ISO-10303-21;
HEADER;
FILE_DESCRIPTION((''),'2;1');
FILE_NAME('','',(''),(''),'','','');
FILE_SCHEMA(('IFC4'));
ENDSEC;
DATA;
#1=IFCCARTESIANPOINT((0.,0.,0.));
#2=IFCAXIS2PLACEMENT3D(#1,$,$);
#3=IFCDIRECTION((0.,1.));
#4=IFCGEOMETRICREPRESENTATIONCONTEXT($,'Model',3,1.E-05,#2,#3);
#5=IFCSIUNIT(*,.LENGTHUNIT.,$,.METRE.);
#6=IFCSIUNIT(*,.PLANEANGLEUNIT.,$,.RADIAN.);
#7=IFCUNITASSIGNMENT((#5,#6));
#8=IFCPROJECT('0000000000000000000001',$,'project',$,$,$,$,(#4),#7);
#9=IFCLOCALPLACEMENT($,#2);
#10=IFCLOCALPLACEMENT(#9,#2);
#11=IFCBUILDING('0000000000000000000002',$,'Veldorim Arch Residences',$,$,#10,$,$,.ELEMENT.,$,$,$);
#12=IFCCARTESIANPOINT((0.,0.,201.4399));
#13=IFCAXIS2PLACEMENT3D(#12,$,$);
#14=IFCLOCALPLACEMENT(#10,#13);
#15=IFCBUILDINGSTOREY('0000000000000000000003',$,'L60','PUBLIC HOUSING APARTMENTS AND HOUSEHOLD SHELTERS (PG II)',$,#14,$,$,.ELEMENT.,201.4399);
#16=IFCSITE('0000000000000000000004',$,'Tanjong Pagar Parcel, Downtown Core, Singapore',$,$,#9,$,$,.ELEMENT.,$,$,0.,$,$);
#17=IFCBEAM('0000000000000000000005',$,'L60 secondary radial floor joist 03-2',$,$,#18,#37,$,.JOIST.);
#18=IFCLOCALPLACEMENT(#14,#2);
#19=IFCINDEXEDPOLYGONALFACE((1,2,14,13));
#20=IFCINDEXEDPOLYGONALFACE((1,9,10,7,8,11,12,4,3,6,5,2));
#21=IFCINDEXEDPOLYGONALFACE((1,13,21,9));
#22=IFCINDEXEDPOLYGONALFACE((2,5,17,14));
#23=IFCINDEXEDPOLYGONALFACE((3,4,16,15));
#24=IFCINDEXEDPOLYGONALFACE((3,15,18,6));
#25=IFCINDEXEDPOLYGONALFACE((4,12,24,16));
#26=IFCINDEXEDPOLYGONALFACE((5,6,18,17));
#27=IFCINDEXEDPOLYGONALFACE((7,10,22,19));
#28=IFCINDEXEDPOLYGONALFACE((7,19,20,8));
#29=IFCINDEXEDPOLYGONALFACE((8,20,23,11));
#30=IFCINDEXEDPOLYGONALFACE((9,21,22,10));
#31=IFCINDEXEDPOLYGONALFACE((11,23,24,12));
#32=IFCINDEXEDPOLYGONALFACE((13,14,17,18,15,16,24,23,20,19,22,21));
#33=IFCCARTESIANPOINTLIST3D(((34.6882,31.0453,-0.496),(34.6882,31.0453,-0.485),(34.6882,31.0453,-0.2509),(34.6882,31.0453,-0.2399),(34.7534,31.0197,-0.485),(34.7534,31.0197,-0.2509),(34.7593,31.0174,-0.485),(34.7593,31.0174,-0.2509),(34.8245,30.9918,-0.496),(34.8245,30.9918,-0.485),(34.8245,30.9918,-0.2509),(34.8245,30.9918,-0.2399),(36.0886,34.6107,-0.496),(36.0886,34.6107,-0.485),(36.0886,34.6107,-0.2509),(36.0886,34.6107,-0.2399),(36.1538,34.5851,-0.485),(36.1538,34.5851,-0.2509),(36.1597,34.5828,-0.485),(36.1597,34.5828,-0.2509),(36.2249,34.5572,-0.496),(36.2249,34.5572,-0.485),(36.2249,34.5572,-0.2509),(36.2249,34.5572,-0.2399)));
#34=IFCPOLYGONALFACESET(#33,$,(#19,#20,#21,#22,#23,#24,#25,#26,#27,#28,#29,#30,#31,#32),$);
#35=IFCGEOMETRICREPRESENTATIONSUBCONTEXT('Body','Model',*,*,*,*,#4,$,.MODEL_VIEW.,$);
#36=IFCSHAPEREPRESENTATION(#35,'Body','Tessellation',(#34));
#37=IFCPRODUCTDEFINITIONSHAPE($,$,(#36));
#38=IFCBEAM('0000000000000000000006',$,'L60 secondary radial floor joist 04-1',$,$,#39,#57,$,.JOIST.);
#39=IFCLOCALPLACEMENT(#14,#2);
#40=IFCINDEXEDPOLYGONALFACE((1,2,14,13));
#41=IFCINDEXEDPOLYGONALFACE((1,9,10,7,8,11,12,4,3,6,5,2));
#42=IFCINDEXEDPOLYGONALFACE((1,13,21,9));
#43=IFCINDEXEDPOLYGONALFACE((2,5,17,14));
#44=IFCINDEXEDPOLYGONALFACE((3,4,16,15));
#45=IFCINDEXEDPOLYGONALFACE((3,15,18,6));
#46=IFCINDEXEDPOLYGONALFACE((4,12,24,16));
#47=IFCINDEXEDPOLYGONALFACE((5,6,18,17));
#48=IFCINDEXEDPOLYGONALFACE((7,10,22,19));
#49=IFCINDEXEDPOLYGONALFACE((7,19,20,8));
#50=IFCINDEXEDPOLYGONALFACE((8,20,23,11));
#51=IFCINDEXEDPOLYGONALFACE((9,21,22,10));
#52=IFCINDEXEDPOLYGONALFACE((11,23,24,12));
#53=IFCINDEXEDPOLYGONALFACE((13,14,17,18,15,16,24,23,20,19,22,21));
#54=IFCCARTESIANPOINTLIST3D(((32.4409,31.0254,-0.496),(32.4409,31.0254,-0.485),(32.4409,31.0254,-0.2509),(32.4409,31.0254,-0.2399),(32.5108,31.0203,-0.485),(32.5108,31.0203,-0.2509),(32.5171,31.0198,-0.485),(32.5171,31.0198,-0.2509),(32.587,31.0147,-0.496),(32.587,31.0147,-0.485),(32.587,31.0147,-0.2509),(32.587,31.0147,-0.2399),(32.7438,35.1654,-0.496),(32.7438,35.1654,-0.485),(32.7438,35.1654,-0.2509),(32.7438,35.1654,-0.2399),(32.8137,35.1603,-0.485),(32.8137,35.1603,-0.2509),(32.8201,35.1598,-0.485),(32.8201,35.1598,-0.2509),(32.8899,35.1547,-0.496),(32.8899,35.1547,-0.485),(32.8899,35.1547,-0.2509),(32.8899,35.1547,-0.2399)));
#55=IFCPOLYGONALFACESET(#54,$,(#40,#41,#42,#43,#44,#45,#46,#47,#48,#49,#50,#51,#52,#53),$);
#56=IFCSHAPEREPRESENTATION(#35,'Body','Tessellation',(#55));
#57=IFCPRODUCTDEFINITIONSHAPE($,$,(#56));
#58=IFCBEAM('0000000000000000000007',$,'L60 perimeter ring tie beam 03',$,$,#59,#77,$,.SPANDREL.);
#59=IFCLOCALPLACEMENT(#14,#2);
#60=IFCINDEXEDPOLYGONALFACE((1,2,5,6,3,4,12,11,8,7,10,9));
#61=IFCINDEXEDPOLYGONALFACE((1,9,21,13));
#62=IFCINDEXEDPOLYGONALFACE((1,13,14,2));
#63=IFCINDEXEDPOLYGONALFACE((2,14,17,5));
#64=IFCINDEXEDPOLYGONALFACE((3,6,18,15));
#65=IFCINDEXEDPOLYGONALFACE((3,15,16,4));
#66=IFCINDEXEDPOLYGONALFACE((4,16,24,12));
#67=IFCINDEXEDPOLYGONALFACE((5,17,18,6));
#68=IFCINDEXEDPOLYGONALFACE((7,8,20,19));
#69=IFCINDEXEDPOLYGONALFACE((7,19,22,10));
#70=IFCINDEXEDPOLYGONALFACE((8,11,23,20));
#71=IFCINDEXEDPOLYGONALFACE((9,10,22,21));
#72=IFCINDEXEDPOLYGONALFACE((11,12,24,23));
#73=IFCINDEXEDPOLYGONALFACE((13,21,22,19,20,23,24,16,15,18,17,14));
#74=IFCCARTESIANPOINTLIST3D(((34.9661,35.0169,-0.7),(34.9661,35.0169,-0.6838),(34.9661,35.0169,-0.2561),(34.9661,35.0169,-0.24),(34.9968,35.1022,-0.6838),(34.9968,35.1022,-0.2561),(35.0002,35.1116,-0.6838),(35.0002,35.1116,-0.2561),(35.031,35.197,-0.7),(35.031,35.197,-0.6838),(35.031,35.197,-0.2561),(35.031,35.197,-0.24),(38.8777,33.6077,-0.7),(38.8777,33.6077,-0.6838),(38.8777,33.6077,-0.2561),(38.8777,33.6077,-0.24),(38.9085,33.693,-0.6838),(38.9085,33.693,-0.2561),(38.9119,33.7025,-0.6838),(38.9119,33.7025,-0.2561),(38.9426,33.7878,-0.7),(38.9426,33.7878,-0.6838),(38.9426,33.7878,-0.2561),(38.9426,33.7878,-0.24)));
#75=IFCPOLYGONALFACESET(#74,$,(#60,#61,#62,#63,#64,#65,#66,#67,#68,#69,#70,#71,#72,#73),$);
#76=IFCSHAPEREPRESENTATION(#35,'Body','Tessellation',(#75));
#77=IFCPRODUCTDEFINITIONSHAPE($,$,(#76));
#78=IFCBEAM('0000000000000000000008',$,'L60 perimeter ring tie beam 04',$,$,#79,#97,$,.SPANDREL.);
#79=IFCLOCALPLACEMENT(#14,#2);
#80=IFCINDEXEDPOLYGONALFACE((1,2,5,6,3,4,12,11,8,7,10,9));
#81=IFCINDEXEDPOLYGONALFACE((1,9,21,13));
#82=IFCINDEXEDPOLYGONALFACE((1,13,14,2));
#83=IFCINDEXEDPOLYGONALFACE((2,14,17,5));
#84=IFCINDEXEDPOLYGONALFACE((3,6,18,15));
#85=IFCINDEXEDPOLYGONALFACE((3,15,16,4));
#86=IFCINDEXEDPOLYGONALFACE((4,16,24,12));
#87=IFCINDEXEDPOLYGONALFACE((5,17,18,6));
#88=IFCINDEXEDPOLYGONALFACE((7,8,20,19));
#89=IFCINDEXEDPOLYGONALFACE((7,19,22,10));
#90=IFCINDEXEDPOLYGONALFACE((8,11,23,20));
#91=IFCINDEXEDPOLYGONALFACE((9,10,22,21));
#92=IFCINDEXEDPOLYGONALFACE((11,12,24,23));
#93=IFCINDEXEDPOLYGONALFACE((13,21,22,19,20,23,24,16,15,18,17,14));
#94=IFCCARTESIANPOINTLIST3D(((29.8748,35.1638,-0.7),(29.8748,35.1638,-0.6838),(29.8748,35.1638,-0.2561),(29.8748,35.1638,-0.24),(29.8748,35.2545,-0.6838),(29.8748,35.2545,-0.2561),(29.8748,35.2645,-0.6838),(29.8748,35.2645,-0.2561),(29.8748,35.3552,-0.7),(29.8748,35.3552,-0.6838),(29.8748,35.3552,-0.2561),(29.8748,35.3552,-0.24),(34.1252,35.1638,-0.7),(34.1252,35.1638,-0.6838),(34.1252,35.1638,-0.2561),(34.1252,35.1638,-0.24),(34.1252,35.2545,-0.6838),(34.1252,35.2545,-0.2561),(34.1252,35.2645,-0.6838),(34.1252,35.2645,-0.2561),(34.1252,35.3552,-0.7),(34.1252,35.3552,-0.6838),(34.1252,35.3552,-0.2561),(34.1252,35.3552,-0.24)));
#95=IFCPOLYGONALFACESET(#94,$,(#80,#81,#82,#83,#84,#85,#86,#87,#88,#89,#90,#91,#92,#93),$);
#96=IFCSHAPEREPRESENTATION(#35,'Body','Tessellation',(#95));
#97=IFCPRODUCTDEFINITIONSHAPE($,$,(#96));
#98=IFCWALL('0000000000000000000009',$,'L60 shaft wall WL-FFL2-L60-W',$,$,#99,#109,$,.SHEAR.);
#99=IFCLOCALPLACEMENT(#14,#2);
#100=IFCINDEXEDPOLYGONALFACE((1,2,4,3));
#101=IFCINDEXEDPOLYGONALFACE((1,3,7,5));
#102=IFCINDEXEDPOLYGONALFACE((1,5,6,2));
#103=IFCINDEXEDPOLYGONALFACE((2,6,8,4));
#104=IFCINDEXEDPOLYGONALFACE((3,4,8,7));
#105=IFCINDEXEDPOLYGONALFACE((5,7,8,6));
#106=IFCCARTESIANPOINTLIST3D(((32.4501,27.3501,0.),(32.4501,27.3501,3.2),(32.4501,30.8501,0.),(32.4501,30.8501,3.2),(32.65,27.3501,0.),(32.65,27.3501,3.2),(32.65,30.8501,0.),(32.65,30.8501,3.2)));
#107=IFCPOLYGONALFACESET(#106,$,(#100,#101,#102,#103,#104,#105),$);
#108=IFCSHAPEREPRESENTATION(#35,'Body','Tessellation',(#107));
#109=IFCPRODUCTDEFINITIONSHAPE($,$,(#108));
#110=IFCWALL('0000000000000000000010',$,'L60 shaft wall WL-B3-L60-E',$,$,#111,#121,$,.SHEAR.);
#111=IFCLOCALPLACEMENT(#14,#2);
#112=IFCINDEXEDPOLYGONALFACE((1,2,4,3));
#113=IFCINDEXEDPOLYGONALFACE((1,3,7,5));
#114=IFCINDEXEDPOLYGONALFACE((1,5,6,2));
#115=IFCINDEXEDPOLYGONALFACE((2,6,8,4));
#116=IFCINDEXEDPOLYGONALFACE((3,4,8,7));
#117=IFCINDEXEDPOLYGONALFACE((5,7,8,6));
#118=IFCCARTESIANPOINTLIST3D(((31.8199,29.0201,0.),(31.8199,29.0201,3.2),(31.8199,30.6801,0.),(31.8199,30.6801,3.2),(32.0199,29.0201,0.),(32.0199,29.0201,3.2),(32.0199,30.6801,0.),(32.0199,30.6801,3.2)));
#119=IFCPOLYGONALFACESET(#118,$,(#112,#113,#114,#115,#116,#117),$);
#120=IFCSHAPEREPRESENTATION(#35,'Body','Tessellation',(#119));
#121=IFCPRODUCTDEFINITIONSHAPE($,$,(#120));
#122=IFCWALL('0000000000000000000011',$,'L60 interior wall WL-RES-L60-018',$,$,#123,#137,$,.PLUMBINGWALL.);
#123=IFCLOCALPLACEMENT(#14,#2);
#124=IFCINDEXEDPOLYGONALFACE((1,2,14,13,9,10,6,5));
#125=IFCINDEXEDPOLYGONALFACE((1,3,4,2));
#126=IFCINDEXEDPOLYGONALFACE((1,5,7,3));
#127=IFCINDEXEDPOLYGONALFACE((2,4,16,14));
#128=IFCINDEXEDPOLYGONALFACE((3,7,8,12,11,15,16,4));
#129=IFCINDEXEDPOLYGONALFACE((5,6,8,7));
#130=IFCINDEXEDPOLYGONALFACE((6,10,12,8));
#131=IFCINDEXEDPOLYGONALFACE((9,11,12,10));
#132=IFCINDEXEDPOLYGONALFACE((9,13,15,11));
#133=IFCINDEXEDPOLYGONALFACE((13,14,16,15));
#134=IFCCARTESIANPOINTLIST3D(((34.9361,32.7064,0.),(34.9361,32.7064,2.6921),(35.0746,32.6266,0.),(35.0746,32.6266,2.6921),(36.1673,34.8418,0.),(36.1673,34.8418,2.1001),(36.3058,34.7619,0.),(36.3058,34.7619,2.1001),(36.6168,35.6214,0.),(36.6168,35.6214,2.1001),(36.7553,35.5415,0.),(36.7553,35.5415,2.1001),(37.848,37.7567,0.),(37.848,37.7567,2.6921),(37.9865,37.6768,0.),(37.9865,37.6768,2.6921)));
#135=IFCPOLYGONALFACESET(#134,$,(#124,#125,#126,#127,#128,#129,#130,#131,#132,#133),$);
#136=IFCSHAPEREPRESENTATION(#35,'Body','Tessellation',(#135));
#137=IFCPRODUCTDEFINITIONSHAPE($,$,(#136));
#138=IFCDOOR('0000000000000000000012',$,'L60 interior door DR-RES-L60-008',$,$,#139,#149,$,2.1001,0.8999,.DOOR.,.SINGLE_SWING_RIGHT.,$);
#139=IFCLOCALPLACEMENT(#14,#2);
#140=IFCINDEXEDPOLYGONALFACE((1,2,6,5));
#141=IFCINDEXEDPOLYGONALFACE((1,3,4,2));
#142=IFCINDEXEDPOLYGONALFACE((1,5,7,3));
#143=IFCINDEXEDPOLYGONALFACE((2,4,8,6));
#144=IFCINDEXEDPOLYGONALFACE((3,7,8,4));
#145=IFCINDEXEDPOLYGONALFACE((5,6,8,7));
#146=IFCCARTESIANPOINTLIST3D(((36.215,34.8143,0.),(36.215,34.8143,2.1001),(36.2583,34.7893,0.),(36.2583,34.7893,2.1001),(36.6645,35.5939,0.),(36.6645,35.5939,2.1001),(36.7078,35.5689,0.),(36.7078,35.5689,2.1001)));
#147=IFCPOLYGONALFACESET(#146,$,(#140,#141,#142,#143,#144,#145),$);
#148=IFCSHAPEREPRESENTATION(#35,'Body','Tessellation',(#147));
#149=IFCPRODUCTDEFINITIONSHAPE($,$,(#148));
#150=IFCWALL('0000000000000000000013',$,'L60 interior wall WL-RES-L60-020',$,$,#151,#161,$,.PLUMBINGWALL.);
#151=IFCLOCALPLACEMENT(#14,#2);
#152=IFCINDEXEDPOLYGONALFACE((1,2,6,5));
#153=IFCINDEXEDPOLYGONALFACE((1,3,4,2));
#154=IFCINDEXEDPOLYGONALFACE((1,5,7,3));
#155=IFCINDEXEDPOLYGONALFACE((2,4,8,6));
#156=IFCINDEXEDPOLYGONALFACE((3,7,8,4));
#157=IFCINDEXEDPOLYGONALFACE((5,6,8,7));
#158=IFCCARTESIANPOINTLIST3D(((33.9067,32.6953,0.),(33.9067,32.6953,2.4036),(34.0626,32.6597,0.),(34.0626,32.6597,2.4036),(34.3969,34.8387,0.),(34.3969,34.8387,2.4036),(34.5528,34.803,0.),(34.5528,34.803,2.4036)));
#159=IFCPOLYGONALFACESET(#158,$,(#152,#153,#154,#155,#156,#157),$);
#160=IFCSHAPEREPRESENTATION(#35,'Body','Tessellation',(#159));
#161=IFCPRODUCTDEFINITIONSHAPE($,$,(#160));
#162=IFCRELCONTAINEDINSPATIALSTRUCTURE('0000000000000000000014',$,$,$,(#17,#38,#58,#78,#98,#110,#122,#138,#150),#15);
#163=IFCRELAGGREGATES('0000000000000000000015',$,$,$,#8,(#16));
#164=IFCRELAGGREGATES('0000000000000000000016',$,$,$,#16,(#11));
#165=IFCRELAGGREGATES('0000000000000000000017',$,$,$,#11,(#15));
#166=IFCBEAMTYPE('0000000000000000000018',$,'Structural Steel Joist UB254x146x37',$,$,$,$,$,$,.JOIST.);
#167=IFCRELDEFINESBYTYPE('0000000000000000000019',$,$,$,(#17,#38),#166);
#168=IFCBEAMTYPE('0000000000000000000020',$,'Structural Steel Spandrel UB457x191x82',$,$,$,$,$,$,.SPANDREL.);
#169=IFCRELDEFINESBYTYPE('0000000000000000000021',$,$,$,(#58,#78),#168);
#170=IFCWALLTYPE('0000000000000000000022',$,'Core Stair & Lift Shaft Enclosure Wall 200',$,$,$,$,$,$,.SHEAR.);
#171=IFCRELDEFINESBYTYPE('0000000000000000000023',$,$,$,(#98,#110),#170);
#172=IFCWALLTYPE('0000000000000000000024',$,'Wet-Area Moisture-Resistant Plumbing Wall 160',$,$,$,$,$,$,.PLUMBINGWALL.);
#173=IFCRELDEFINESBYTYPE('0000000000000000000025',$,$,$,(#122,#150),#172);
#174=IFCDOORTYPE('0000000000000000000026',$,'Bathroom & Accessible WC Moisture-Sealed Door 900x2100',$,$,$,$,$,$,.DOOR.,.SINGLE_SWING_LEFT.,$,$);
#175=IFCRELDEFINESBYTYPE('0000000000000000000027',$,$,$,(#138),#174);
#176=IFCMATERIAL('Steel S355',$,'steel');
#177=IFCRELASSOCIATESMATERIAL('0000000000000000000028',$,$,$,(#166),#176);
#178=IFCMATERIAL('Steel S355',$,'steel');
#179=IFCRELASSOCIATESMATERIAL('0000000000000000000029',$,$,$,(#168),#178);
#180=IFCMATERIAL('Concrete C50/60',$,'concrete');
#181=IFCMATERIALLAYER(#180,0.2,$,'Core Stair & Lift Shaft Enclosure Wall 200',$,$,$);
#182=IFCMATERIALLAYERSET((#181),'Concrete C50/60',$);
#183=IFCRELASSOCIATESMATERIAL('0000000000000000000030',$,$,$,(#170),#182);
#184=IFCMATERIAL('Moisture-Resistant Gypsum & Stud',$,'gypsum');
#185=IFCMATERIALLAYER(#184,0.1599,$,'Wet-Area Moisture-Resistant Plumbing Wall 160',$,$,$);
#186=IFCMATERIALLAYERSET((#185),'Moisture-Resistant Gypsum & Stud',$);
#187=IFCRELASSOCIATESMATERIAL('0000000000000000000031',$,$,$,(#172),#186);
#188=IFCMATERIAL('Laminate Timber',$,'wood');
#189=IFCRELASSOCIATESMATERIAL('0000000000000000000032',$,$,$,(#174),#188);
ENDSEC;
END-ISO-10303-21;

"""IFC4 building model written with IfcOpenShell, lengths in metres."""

from ifc_helpers import new_model, si_unit, direction, frame, frame_2d, origin, origin_2d, place, context, subcontext, project, spatial, rectangle, i_section, extrude, material, layer, layer_set, material_profile, profile_set, type_object, element, fill, save


model = new_model("IFC4")

# Units and contexts
model_context = context("Model", 3, precision=1e-05, world=origin(), true_north=direction((0.0, 1.0)))
body_context = subcontext(model_context, "Body", "Model", "MODEL_VIEW")
ifc_project = project(units=[si_unit("LENGTHUNIT", "METRE"), si_unit("PLANEANGLEUNIT", "RADIAN")], contexts=[model_context])

# Site, building, storey
site_placement = place(None, origin())
site = spatial("IfcSite", under=ifc_project, at=site_placement, Name="Tanjong Pagar Parcel, Downtown Core, Singapore", CompositionType="ELEMENT", RefElevation=0.0)
building_placement = place(site_placement, origin())
building = spatial("IfcBuilding", under=site, at=building_placement, Name="Veldorim Arch Residences", CompositionType="ELEMENT")
storey_placement = place(building_placement, frame((0.0, 0.0, 201.4399)))
storey = spatial("IfcBuildingStorey", under=building, at=storey_placement, Name="L60", Description="PUBLIC HOUSING APARTMENTS AND HOUSEHOLD SHELTERS (PG II)", CompositionType="ELEMENT", Elevation=201.4399)

# Beams
ifc_material_1 = material(Name="Steel S355", Category="steel")
ifc_material_profile_1 = material_profile(ifc_material_1, i_section(OverallWidth=0.1465, OverallDepth=0.2561, WebThickness=0.0063, FlangeThickness=0.011, at=origin_2d()), Name="UB254x146x37")
ifc_profile_set_1 = profile_set([ifc_material_profile_1], Name="Steel S355")
beam_type_1 = type_object("IfcBeamType", Name="Structural Steel Joist UB254x146x37", PredefinedType="JOIST", material=ifc_profile_set_1)
beam_1_placement = place(storey_placement, frame((34.7563, 31.0186, -0.3679), z_axis=(0.365581, 0.930779, 0.0), x_axis=(-0.930779, 0.365581, 0.0)))
element("IfcBeam", 1, at=beam_1_placement, inside=storey, type_object=beam_type_1, Name="L60 secondary radial floor joist 03-2", PredefinedType="JOIST", context=body_context, shape_type="SweptSolid", body=[
    extrude(i_section(OverallWidth=0.1465, OverallDepth=0.2561, WebThickness=0.0063, FlangeThickness=0.011, at=origin_2d()), origin(), (0.0, 0.0, 1.0), 3.8306),
])
beam_2_placement = place(storey_placement, frame((32.5139, 31.02, -0.3679), z_axis=(0.072986, 0.997333, 0.0), x_axis=(-0.997333, 0.072986, 0.0)))
element("IfcBeam", 2, at=beam_2_placement, inside=storey, type_object=beam_type_1, Name="L60 secondary radial floor joist 04-1", PredefinedType="JOIST", context=body_context, shape_type="SweptSolid", body=[
    extrude(i_section(OverallWidth=0.1465, OverallDepth=0.2561, WebThickness=0.0063, FlangeThickness=0.011, at=origin_2d()), origin(), (0.0, 0.0, 1.0), 4.1511),
])
ifc_material_2 = material(Name="Steel S355", Category="steel")
ifc_material_profile_2 = material_profile(ifc_material_2, i_section(OverallWidth=0.1914, OverallDepth=0.46, WebThickness=0.01, FlangeThickness=0.0161, at=origin_2d()), Name="UB457x191x82")
ifc_profile_set_2 = profile_set([ifc_material_profile_2], Name="Steel S355")
beam_type_2 = type_object("IfcBeamType", Name="Structural Steel Spandrel UB457x191x82", PredefinedType="SPANDREL", material=ifc_profile_set_2)
beam_3_placement = place(storey_placement, frame((38.9102, 33.6978, -0.47), z_axis=(-0.940811, 0.338932, 0.0), x_axis=(-0.338932, -0.940811, 0.0)))
element("IfcBeam", 3, at=beam_3_placement, inside=storey, type_object=beam_type_2, Name="L60 perimeter ring tie beam 03", PredefinedType="SPANDREL", context=body_context, shape_type="SweptSolid", body=[
    extrude(i_section(OverallWidth=0.1914, OverallDepth=0.46, WebThickness=0.01, FlangeThickness=0.0161, at=origin_2d()), origin(), (0.0, 0.0, 1.0), 4.1577),
])
beam_4_placement = place(storey_placement, frame((34.1252, 35.2595, -0.47), z_axis=(-1.0, 0.0, 0.0), x_axis=(0.0, -1.0, 0.0)))
element("IfcBeam", 4, at=beam_4_placement, inside=storey, type_object=beam_type_2, Name="L60 perimeter ring tie beam 04", PredefinedType="SPANDREL", context=body_context, shape_type="SweptSolid", body=[
    extrude(i_section(OverallWidth=0.1914, OverallDepth=0.46, WebThickness=0.01, FlangeThickness=0.0161, at=origin_2d()), origin(), (0.0, 0.0, 1.0), 4.2505),
])

# Shared definitions
ifc_material_3 = material(Name="Concrete C50/60", Category="concrete")
ifc_layer_1 = layer(ifc_material_3, 0.2, Name="Core Stair & Lift Shaft Enclosure Wall 200")
ifc_layer_set_1 = layer_set([ifc_layer_1], Name="Concrete C50/60")
wall_type_1 = type_object("IfcWallType", Name="Core Stair & Lift Shaft Enclosure Wall 200", PredefinedType="SHEAR", material=ifc_layer_set_1)

# Wall
wall_1_placement = place(storey_placement, frame((32.55, 27.3501, 0.0), z_axis=(0.0, 0.0, 1.0), x_axis=(0.0, 1.0, 0.0)))
element("IfcWall", 5, at=wall_1_placement, inside=storey, type_object=wall_type_1, Name="L60 shaft wall WL-FFL2-L60-W", PredefinedType="SHEAR", context=body_context, shape_type="SweptSolid", body=[
    extrude(rectangle(XDim=3.5, YDim=0.2, at=frame_2d((1.75, 0.0))), origin(), (0.0, 0.0, 1.0), 3.2),
])

# Wall
wall_2_placement = place(storey_placement, frame((31.9199, 29.02, 0.0), z_axis=(0.0, 0.0, 1.0), x_axis=(0.0, 1.0, 0.0)))
element("IfcWall", 6, at=wall_2_placement, inside=storey, type_object=wall_type_1, Name="L60 shaft wall WL-B3-L60-E", PredefinedType="SHEAR", context=body_context, shape_type="SweptSolid", body=[
    extrude(rectangle(XDim=1.6599, YDim=0.2, at=frame_2d((0.8301, 0.0))), origin(), (0.0, 0.0, 1.0), 3.2),
])

# Wall, opening, door
ifc_material_4 = material(Name="Moisture-Resistant Gypsum & Stud", Category="gypsum")
ifc_layer_2 = layer(ifc_material_4, 0.1599, Name="Wet-Area Moisture-Resistant Plumbing Wall 160")
ifc_layer_set_2 = layer_set([ifc_layer_2], Name="Moisture-Resistant Gypsum & Stud")
wall_type_2 = type_object("IfcWallType", Name="Wet-Area Moisture-Resistant Plumbing Wall 160", PredefinedType="PLUMBINGWALL", material=ifc_layer_set_2)
wall_3_placement = place(storey_placement, frame((35.0054, 32.6665, 0.0), z_axis=(0.0, 0.0, 1.0), x_axis=(0.499495, 0.866317, 0.0)))
wall_3 = element("IfcWall", 7, at=wall_3_placement, inside=storey, type_object=wall_type_2, Name="L60 interior wall WL-RES-L60-018", PredefinedType="PLUMBINGWALL", context=body_context, shape_type="SweptSolid", body=[
    extrude(rectangle(XDim=5.8296, YDim=0.1599, at=frame_2d((2.9148, 0.0))), origin(), (0.0, 0.0, 1.0), 2.6921),
])
opening_1_placement = place(wall_3_placement, frame((2.4648, 0.0, 0.0)))
opening_1 = element("IfcOpeningElement", 8, at=opening_1_placement, cuts=wall_3, PredefinedType="OPENING", context=body_context, shape_type="SweptSolid", body=[
    extrude(rectangle(XDim=0.8999, YDim=2.1001, at=frame_2d((0.45, 1.05))), frame((0.0, 0.0898, 0.0), z_axis=(0.0, -1.0, 0.0), x_axis=(1.0, 0.0, 0.0)), (0.0, 0.0, 1.0), 0.1799),
])
ifc_material_5 = material(Name="Laminate Timber", Category="wood")
door_type_1 = type_object("IfcDoorType", Name="Bathroom & Accessible WC Moisture-Sealed Door 900x2100", OperationType="SINGLE_SWING_LEFT", PredefinedType="DOOR", material=ifc_material_5)
door_1_placement = place(opening_1_placement, origin())
door_1 = element("IfcDoor", 9, at=door_1_placement, inside=storey, type_object=door_type_1, Name="L60 interior door DR-RES-L60-008", OperationType="SINGLE_SWING_RIGHT", OverallHeight=2.1001, OverallWidth=0.8999, PredefinedType="DOOR", context=body_context, shape_type="SweptSolid", body=[
    extrude(rectangle(XDim=0.8999, YDim=2.1001, at=frame_2d((0.45, 1.05))), frame((0.0, 0.0249, 0.0), z_axis=(0.0, -1.0, 0.0), x_axis=(1.0, 0.0, 0.0)), (0.0, 0.0, 1.0), 0.05),
])
fill(opening_1, door_1)

# Wall
wall_4_placement = place(storey_placement, frame((33.9846, 32.6775, 0.0), z_axis=(0.0, 0.0, 1.0), x_axis=(0.22297, 0.974825, 0.0)))
element("IfcWall", 10, at=wall_4_placement, inside=storey, type_object=wall_type_2, Name="L60 interior wall WL-RES-L60-020", PredefinedType="PLUMBINGWALL", context=body_context, shape_type="SweptSolid", body=[
    extrude(rectangle(XDim=2.1987, YDim=0.1599, at=frame_2d((1.0994, 0.0))), origin(), (0.0, 0.0, 1.0), 2.4036),
])

save(model, "model.ifc")
